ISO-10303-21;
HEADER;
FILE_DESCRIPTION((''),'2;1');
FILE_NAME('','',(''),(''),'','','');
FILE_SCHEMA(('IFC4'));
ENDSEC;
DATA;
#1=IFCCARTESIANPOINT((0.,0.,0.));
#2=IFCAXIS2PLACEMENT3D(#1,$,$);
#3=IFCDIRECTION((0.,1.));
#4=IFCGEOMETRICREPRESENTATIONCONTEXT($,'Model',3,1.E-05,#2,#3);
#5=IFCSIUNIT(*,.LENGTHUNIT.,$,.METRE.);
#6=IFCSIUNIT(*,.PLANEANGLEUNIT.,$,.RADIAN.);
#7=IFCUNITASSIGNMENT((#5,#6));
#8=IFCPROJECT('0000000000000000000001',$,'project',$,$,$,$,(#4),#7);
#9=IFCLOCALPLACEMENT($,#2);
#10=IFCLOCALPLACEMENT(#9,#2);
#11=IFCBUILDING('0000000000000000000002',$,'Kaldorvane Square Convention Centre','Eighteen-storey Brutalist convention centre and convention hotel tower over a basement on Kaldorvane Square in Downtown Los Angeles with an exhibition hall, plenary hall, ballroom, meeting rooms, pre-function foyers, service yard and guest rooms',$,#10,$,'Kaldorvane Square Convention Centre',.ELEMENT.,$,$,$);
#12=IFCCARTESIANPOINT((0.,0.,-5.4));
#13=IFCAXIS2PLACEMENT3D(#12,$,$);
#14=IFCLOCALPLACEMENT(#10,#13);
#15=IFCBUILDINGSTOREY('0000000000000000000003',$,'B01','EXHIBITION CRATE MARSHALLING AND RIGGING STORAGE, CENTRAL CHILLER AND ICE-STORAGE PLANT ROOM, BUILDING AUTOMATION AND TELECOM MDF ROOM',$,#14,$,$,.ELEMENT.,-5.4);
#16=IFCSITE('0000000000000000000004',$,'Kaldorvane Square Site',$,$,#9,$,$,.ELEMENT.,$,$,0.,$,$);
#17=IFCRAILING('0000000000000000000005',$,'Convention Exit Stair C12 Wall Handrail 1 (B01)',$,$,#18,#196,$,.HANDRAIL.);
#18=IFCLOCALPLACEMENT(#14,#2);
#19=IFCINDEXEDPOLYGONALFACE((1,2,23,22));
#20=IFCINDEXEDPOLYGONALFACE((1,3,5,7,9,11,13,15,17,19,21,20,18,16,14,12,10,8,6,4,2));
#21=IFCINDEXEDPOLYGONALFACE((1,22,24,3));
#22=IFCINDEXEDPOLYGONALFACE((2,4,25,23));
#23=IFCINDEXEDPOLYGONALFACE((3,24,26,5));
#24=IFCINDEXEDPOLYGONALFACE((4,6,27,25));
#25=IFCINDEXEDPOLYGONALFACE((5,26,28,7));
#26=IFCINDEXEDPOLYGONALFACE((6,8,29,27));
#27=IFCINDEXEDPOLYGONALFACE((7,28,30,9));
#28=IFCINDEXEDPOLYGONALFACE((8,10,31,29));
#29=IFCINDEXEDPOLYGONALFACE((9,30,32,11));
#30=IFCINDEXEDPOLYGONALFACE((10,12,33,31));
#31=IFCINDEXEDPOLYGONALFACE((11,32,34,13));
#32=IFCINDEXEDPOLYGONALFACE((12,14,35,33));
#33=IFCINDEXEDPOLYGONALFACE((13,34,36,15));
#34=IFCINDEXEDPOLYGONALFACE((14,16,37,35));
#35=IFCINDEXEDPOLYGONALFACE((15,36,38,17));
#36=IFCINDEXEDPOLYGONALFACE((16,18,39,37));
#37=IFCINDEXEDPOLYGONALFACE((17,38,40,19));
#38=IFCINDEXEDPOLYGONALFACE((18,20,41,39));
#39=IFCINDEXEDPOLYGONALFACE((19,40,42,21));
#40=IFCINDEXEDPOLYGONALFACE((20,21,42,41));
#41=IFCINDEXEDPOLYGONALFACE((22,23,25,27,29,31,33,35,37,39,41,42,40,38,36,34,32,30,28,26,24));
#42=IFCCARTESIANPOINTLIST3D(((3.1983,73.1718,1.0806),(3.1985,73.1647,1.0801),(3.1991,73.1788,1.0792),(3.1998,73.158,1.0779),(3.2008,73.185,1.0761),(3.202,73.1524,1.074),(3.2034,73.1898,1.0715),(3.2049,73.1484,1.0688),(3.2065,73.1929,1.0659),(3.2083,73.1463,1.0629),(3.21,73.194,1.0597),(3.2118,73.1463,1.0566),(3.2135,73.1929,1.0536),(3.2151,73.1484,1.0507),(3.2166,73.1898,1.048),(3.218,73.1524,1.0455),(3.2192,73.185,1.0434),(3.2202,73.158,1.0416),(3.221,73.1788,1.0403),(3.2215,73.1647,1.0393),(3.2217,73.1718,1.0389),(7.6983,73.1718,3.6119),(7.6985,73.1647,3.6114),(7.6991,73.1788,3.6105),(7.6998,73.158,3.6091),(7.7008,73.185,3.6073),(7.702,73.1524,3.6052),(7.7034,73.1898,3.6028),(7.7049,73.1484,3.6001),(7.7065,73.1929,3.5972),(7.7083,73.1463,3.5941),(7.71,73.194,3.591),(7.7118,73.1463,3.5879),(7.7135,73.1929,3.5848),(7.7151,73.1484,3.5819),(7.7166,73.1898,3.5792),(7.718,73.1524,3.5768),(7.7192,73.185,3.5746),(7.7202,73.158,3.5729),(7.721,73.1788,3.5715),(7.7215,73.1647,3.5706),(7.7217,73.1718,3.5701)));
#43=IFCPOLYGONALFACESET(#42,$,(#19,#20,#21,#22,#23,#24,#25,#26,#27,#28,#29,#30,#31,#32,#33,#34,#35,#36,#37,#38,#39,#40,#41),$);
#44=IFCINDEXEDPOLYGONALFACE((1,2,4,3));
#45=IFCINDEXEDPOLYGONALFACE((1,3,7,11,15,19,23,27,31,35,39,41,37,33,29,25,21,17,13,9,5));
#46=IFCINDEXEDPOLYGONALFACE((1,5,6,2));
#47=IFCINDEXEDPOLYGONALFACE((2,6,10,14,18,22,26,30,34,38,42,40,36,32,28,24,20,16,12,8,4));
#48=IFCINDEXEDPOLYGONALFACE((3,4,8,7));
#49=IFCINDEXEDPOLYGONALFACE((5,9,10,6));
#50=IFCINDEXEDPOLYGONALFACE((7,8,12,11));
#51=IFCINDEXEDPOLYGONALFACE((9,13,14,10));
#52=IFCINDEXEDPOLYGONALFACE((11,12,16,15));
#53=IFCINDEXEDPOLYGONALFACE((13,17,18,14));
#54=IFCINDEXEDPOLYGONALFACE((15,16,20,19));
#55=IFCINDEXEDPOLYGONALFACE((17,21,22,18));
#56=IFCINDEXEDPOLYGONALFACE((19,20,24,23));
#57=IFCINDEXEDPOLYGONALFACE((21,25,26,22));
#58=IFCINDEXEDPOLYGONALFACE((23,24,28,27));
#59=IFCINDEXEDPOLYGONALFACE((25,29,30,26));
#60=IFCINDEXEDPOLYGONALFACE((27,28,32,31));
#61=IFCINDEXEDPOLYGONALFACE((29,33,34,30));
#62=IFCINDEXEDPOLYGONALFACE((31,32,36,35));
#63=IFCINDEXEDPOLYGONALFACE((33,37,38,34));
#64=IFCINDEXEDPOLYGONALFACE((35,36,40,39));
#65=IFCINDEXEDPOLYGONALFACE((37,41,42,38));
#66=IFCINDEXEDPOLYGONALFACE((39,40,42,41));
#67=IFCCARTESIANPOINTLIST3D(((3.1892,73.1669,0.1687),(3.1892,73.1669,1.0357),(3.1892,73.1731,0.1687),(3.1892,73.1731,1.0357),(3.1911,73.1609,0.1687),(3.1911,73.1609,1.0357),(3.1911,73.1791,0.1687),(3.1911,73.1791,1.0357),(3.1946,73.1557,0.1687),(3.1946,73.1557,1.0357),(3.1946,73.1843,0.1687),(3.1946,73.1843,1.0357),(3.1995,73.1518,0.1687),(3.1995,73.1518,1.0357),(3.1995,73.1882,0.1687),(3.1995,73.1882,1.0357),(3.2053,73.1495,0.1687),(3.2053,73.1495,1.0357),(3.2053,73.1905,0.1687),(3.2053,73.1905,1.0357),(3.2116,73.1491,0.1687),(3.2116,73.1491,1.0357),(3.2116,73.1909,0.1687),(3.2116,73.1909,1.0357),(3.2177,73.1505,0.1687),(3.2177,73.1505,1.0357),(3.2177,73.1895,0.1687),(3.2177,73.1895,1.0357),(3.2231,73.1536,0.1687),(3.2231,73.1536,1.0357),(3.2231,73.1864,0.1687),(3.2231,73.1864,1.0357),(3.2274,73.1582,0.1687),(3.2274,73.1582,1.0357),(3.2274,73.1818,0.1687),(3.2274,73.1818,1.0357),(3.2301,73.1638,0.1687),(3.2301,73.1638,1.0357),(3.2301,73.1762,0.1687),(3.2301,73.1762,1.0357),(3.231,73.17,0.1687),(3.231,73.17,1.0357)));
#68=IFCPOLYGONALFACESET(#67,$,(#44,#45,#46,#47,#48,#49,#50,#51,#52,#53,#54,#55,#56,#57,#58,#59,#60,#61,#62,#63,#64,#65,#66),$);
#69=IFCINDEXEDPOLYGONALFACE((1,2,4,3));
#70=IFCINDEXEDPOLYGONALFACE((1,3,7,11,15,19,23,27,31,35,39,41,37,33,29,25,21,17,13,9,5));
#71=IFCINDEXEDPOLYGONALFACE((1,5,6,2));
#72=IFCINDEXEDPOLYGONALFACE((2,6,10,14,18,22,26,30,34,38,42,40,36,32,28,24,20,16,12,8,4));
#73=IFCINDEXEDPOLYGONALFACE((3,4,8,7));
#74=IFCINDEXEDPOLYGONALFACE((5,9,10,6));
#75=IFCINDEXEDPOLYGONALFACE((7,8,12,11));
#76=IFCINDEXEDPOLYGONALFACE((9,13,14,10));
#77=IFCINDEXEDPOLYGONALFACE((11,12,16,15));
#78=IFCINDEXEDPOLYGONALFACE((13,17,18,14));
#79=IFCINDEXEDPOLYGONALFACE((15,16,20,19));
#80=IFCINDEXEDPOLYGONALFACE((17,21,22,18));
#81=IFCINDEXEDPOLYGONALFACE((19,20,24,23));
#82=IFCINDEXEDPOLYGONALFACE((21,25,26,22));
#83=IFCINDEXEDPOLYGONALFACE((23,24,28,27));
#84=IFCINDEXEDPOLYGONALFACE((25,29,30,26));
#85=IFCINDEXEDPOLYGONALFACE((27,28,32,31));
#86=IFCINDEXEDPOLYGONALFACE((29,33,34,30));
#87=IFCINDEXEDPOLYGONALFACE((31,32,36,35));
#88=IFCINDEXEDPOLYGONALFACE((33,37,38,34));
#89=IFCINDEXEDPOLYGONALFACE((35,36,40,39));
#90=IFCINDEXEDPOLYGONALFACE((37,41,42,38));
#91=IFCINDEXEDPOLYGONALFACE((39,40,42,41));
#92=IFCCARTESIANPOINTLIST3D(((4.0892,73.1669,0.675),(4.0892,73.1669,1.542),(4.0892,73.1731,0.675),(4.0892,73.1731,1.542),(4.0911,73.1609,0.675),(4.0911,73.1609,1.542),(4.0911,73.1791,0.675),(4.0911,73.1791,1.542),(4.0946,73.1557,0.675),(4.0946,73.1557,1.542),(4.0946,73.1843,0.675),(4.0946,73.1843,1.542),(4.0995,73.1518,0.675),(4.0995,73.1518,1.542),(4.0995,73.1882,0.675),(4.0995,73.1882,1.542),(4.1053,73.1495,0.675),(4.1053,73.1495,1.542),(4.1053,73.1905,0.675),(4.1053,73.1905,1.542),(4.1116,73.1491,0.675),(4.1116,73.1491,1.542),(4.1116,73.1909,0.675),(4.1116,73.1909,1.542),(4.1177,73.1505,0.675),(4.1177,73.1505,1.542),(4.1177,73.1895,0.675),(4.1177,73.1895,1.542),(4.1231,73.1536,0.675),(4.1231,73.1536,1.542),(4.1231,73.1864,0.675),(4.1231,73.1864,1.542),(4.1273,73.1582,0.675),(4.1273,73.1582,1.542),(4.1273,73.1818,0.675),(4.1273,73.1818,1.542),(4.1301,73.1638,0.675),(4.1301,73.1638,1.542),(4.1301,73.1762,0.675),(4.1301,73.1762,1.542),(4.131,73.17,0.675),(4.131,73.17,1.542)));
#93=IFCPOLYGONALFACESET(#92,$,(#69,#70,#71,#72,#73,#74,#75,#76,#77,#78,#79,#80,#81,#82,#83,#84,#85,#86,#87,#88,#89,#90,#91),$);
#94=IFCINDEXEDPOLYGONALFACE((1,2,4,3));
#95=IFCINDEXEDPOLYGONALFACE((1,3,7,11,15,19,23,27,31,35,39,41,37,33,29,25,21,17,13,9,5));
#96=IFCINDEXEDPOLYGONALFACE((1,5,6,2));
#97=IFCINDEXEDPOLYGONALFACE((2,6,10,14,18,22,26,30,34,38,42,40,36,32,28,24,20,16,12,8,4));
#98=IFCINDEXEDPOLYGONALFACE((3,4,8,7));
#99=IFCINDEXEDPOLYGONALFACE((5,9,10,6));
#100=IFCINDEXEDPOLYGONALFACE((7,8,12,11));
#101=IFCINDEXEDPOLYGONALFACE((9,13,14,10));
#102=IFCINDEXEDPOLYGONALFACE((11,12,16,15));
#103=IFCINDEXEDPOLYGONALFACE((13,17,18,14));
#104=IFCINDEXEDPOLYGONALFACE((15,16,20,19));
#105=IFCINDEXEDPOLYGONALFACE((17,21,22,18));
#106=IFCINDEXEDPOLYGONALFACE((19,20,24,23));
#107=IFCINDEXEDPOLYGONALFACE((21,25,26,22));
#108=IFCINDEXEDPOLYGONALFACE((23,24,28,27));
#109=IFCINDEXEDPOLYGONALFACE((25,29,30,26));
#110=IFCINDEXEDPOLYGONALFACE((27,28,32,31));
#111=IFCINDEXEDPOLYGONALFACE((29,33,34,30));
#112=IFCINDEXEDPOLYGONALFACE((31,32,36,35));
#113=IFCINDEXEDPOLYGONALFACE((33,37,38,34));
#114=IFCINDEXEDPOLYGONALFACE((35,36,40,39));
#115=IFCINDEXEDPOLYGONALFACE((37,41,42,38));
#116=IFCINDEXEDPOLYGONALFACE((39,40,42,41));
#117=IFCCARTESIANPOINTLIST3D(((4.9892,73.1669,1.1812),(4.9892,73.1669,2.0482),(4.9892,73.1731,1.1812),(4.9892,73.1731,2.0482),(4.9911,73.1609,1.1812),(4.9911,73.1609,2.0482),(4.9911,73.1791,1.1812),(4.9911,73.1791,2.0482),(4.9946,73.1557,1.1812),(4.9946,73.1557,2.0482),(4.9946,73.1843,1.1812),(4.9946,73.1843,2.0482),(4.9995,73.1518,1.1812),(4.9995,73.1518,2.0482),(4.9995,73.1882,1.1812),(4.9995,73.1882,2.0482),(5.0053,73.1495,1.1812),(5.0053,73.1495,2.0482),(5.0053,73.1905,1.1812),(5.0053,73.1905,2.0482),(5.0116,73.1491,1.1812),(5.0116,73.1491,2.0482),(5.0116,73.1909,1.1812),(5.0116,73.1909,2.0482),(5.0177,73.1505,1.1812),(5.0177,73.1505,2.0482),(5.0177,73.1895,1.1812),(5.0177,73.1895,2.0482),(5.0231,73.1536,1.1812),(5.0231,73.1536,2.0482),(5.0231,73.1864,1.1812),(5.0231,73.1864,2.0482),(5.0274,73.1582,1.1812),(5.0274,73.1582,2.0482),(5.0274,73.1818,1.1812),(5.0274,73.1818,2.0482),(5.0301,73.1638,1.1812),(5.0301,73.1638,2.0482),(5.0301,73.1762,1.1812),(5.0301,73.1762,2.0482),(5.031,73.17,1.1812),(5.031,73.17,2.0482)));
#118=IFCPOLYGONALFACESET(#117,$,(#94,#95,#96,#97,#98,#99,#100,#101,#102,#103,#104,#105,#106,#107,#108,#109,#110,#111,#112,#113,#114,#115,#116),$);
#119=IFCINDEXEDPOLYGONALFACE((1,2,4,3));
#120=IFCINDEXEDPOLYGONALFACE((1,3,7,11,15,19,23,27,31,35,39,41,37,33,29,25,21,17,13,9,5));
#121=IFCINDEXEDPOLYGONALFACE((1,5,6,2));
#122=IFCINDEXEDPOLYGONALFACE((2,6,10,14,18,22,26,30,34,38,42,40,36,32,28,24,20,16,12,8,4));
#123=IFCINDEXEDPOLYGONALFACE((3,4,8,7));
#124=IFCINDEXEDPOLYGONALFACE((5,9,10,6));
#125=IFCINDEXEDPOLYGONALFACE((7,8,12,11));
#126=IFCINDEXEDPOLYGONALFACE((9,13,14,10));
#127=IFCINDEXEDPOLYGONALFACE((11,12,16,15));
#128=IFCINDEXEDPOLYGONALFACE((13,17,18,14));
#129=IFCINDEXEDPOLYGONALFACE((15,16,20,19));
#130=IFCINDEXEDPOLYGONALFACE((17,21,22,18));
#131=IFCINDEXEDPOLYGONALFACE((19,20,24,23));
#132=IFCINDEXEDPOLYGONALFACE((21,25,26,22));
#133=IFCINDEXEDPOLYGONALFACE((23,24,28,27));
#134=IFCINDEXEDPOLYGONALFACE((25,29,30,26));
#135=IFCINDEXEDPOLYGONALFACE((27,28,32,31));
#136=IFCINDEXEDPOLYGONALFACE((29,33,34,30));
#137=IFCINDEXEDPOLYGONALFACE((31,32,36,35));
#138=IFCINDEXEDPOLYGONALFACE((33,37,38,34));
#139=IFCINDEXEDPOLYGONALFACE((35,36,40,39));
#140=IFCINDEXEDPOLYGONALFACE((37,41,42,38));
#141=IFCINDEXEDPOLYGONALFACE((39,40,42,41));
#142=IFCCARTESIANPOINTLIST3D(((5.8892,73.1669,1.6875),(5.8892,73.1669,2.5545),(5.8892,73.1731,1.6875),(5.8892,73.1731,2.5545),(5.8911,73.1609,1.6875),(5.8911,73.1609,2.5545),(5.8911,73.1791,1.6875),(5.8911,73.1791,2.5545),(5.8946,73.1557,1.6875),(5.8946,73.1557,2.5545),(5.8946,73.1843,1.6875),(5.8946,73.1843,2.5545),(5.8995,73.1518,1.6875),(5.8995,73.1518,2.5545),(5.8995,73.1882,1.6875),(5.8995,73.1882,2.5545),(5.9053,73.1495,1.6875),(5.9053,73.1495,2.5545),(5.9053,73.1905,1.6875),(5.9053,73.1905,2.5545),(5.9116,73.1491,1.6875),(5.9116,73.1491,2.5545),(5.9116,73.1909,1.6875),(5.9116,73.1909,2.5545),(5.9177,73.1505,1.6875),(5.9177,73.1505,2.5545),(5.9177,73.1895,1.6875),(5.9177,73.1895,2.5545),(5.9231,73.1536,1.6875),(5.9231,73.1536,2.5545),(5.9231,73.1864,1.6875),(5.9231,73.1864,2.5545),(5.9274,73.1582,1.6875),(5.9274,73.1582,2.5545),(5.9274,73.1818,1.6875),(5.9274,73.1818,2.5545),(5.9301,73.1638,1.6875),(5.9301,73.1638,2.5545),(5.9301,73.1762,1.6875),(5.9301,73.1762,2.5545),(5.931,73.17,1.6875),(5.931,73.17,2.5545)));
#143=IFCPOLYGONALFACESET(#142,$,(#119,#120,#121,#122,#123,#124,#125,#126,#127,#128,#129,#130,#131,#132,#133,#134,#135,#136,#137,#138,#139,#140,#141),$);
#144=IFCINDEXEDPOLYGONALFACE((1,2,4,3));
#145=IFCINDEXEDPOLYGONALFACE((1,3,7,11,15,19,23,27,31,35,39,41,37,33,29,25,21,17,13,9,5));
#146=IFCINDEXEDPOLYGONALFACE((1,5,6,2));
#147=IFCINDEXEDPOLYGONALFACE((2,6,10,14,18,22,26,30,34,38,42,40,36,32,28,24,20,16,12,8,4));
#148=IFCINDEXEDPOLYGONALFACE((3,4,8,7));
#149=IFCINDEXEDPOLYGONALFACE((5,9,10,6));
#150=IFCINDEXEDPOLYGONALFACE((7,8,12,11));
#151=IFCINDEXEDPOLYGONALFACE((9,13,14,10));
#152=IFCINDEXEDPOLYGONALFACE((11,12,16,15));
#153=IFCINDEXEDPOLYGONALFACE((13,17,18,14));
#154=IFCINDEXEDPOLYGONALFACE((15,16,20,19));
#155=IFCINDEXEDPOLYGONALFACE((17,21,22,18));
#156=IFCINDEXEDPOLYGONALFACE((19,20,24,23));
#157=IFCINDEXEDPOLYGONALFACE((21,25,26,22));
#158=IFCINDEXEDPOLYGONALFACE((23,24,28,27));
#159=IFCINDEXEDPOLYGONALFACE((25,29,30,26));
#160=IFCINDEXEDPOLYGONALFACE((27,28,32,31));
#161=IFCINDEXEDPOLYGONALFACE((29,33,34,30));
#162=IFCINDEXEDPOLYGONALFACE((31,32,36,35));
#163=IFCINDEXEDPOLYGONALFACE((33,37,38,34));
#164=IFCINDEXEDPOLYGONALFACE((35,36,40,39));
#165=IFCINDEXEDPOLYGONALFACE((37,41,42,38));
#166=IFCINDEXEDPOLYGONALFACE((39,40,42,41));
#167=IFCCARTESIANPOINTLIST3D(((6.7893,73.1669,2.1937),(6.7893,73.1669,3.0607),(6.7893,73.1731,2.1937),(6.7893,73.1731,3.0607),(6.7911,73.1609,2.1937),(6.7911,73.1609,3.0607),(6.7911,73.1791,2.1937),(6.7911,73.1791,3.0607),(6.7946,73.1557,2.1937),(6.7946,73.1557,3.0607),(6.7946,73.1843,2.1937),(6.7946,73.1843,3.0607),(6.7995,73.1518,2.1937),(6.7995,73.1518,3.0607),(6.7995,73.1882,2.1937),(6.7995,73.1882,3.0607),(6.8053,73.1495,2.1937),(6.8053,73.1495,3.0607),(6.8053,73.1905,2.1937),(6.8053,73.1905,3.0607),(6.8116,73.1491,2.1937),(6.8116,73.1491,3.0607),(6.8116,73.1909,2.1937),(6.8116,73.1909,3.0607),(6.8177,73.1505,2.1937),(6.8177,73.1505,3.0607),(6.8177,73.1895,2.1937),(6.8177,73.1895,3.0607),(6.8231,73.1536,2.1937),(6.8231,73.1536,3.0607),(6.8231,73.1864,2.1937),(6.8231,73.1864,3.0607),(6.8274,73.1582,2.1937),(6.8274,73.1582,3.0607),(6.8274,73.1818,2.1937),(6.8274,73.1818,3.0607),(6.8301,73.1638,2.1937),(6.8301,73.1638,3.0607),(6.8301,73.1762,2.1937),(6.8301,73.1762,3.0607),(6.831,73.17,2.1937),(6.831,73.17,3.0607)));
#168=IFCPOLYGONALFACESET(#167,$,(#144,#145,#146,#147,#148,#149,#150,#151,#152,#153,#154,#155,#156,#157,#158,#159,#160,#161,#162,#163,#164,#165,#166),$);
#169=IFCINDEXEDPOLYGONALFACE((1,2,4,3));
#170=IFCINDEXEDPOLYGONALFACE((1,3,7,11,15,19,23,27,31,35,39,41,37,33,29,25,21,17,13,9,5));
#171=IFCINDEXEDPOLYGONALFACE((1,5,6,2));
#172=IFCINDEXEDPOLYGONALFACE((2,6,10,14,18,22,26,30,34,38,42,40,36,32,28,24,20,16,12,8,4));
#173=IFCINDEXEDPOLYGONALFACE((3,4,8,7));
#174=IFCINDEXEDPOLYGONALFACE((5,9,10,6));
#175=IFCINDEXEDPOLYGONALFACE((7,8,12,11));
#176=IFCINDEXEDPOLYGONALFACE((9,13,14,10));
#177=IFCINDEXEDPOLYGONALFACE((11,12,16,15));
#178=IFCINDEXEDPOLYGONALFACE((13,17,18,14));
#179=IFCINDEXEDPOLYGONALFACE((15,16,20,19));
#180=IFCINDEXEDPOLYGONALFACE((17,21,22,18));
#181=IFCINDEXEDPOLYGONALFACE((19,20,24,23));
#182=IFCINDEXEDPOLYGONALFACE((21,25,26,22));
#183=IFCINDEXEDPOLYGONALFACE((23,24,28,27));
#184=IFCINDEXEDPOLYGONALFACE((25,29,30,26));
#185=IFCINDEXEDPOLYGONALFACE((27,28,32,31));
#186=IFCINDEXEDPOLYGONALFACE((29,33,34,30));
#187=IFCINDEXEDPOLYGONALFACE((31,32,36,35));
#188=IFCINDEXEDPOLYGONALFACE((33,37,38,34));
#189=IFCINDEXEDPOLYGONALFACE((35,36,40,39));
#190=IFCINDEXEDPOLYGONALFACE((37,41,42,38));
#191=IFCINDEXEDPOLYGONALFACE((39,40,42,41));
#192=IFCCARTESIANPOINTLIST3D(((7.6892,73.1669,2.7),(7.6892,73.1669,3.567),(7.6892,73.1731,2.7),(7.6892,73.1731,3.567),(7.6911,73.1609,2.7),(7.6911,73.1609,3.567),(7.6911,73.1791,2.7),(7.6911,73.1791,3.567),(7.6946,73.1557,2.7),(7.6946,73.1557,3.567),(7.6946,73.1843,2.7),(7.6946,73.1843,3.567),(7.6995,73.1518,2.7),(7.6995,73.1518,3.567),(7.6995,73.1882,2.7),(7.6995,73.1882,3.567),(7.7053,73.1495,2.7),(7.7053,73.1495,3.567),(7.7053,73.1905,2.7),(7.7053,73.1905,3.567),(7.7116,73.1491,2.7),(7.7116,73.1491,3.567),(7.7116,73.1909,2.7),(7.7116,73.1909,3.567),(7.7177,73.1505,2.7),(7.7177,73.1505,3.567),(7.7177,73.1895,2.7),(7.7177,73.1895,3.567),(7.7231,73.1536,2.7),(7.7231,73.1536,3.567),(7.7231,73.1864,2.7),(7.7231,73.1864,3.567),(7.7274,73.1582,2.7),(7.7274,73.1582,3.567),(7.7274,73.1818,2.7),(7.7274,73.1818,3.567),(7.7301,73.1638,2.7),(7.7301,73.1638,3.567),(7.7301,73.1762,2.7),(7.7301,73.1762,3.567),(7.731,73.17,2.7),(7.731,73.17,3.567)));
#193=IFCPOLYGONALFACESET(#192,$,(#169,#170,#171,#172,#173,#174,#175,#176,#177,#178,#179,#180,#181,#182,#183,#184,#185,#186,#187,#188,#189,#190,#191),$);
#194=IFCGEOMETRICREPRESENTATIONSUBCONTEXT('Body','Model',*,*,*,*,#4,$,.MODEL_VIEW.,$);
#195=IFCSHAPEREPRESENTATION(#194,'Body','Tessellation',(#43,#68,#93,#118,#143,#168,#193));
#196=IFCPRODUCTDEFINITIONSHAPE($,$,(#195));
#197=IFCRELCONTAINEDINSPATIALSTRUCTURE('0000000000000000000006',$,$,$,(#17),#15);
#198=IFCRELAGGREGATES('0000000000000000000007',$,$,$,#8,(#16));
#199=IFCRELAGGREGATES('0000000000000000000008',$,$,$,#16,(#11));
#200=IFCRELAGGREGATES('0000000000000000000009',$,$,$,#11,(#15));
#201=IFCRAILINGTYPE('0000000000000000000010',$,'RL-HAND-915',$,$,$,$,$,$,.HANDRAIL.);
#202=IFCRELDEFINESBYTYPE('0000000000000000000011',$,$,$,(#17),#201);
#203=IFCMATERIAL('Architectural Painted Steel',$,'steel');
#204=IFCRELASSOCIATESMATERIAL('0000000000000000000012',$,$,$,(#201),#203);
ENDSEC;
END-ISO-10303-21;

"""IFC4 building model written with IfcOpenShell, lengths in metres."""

from ifc_helpers import new_model, si_unit, direction, frame, origin, origin_2d, place, context, subcontext, project, spatial, circle, extrude, material, type_object, element, save


model = new_model("IFC4")

# Units and contexts
model_context = context("Model", 3, precision=1e-05, world=origin(), true_north=direction((0.0, 1.0)))
body_context = subcontext(model_context, "Body", "Model", "MODEL_VIEW")
ifc_project = project(units=[si_unit("LENGTHUNIT", "METRE"), si_unit("PLANEANGLEUNIT", "RADIAN")], contexts=[model_context])

# Site, building, storey
site_placement = place(None, origin())
site = spatial("IfcSite", under=ifc_project, at=site_placement, Name="Kaldorvane Square Site", CompositionType="ELEMENT", RefElevation=0.0)
building_placement = place(site_placement, origin())
building = spatial("IfcBuilding", under=site, at=building_placement, Name="Kaldorvane Square Convention Centre", Description="Eighteen-storey Brutalist convention centre and convention hotel tower over a basement on Kaldorvane Square in Downtown Los Angeles with an exhibition hall, plenary hall, ballroom, meeting rooms, pre-function foyers, service yard and guest rooms", LongName="Kaldorvane Square Convention Centre", CompositionType="ELEMENT")
storey_placement = place(building_placement, frame((0.0, 0.0, -5.4)))
storey = spatial("IfcBuildingStorey", under=building, at=storey_placement, Name="B01", Description="EXHIBITION CRATE MARSHALLING AND RIGGING STORAGE, CENTRAL CHILLER AND ICE-STORAGE PLANT ROOM, BUILDING AUTOMATION AND TELECOM MDF ROOM", CompositionType="ELEMENT", Elevation=-5.4)

# Railing
ifc_material_1 = material(Name="Architectural Painted Steel", Category="steel")
railing_type_1 = type_object("IfcRailingType", Name="RL-HAND-915", PredefinedType="HANDRAIL", material=ifc_material_1)
railing_1_placement = place(storey_placement, frame((3.21, 73.17, 0.1687)))
element("IfcRailing", 1, at=railing_1_placement, inside=storey, type_object=railing_type_1, Name="Convention Exit Stair C12 Wall Handrail 1 (B01)", PredefinedType="HANDRAIL", context=body_context, shape_type="SweptSolid", body=[
    extrude(circle(Radius=0.024, at=origin_2d()), frame((0.0, 0.0, 0.891), z_axis=(0.871576, 0.0, 0.490261), x_axis=(0.0, 1.0, 0.0)), (0.0, 0.0, 1.0), 5.1631),
    extrude(circle(Radius=0.021, at=origin_2d()), origin(), (0.0, 0.0, 1.0), 0.867),
    extrude(circle(Radius=0.021, at=origin_2d()), frame((0.9, 0.0, 0.5063)), (0.0, 0.0, 1.0), 0.867),
    extrude(circle(Radius=0.021, at=origin_2d()), frame((1.8, 0.0, 1.0125)), (0.0, 0.0, 1.0), 0.867),
    extrude(circle(Radius=0.021, at=origin_2d()), frame((2.7, 0.0, 1.5188)), (0.0, 0.0, 1.0), 0.867),
    extrude(circle(Radius=0.021, at=origin_2d()), frame((3.6, 0.0, 2.025)), (0.0, 0.0, 1.0), 0.867),
    extrude(circle(Radius=0.021, at=origin_2d()), frame((4.5, 0.0, 2.5312)), (0.0, 0.0, 1.0), 0.867),
])

save(model, "model.ifc")
